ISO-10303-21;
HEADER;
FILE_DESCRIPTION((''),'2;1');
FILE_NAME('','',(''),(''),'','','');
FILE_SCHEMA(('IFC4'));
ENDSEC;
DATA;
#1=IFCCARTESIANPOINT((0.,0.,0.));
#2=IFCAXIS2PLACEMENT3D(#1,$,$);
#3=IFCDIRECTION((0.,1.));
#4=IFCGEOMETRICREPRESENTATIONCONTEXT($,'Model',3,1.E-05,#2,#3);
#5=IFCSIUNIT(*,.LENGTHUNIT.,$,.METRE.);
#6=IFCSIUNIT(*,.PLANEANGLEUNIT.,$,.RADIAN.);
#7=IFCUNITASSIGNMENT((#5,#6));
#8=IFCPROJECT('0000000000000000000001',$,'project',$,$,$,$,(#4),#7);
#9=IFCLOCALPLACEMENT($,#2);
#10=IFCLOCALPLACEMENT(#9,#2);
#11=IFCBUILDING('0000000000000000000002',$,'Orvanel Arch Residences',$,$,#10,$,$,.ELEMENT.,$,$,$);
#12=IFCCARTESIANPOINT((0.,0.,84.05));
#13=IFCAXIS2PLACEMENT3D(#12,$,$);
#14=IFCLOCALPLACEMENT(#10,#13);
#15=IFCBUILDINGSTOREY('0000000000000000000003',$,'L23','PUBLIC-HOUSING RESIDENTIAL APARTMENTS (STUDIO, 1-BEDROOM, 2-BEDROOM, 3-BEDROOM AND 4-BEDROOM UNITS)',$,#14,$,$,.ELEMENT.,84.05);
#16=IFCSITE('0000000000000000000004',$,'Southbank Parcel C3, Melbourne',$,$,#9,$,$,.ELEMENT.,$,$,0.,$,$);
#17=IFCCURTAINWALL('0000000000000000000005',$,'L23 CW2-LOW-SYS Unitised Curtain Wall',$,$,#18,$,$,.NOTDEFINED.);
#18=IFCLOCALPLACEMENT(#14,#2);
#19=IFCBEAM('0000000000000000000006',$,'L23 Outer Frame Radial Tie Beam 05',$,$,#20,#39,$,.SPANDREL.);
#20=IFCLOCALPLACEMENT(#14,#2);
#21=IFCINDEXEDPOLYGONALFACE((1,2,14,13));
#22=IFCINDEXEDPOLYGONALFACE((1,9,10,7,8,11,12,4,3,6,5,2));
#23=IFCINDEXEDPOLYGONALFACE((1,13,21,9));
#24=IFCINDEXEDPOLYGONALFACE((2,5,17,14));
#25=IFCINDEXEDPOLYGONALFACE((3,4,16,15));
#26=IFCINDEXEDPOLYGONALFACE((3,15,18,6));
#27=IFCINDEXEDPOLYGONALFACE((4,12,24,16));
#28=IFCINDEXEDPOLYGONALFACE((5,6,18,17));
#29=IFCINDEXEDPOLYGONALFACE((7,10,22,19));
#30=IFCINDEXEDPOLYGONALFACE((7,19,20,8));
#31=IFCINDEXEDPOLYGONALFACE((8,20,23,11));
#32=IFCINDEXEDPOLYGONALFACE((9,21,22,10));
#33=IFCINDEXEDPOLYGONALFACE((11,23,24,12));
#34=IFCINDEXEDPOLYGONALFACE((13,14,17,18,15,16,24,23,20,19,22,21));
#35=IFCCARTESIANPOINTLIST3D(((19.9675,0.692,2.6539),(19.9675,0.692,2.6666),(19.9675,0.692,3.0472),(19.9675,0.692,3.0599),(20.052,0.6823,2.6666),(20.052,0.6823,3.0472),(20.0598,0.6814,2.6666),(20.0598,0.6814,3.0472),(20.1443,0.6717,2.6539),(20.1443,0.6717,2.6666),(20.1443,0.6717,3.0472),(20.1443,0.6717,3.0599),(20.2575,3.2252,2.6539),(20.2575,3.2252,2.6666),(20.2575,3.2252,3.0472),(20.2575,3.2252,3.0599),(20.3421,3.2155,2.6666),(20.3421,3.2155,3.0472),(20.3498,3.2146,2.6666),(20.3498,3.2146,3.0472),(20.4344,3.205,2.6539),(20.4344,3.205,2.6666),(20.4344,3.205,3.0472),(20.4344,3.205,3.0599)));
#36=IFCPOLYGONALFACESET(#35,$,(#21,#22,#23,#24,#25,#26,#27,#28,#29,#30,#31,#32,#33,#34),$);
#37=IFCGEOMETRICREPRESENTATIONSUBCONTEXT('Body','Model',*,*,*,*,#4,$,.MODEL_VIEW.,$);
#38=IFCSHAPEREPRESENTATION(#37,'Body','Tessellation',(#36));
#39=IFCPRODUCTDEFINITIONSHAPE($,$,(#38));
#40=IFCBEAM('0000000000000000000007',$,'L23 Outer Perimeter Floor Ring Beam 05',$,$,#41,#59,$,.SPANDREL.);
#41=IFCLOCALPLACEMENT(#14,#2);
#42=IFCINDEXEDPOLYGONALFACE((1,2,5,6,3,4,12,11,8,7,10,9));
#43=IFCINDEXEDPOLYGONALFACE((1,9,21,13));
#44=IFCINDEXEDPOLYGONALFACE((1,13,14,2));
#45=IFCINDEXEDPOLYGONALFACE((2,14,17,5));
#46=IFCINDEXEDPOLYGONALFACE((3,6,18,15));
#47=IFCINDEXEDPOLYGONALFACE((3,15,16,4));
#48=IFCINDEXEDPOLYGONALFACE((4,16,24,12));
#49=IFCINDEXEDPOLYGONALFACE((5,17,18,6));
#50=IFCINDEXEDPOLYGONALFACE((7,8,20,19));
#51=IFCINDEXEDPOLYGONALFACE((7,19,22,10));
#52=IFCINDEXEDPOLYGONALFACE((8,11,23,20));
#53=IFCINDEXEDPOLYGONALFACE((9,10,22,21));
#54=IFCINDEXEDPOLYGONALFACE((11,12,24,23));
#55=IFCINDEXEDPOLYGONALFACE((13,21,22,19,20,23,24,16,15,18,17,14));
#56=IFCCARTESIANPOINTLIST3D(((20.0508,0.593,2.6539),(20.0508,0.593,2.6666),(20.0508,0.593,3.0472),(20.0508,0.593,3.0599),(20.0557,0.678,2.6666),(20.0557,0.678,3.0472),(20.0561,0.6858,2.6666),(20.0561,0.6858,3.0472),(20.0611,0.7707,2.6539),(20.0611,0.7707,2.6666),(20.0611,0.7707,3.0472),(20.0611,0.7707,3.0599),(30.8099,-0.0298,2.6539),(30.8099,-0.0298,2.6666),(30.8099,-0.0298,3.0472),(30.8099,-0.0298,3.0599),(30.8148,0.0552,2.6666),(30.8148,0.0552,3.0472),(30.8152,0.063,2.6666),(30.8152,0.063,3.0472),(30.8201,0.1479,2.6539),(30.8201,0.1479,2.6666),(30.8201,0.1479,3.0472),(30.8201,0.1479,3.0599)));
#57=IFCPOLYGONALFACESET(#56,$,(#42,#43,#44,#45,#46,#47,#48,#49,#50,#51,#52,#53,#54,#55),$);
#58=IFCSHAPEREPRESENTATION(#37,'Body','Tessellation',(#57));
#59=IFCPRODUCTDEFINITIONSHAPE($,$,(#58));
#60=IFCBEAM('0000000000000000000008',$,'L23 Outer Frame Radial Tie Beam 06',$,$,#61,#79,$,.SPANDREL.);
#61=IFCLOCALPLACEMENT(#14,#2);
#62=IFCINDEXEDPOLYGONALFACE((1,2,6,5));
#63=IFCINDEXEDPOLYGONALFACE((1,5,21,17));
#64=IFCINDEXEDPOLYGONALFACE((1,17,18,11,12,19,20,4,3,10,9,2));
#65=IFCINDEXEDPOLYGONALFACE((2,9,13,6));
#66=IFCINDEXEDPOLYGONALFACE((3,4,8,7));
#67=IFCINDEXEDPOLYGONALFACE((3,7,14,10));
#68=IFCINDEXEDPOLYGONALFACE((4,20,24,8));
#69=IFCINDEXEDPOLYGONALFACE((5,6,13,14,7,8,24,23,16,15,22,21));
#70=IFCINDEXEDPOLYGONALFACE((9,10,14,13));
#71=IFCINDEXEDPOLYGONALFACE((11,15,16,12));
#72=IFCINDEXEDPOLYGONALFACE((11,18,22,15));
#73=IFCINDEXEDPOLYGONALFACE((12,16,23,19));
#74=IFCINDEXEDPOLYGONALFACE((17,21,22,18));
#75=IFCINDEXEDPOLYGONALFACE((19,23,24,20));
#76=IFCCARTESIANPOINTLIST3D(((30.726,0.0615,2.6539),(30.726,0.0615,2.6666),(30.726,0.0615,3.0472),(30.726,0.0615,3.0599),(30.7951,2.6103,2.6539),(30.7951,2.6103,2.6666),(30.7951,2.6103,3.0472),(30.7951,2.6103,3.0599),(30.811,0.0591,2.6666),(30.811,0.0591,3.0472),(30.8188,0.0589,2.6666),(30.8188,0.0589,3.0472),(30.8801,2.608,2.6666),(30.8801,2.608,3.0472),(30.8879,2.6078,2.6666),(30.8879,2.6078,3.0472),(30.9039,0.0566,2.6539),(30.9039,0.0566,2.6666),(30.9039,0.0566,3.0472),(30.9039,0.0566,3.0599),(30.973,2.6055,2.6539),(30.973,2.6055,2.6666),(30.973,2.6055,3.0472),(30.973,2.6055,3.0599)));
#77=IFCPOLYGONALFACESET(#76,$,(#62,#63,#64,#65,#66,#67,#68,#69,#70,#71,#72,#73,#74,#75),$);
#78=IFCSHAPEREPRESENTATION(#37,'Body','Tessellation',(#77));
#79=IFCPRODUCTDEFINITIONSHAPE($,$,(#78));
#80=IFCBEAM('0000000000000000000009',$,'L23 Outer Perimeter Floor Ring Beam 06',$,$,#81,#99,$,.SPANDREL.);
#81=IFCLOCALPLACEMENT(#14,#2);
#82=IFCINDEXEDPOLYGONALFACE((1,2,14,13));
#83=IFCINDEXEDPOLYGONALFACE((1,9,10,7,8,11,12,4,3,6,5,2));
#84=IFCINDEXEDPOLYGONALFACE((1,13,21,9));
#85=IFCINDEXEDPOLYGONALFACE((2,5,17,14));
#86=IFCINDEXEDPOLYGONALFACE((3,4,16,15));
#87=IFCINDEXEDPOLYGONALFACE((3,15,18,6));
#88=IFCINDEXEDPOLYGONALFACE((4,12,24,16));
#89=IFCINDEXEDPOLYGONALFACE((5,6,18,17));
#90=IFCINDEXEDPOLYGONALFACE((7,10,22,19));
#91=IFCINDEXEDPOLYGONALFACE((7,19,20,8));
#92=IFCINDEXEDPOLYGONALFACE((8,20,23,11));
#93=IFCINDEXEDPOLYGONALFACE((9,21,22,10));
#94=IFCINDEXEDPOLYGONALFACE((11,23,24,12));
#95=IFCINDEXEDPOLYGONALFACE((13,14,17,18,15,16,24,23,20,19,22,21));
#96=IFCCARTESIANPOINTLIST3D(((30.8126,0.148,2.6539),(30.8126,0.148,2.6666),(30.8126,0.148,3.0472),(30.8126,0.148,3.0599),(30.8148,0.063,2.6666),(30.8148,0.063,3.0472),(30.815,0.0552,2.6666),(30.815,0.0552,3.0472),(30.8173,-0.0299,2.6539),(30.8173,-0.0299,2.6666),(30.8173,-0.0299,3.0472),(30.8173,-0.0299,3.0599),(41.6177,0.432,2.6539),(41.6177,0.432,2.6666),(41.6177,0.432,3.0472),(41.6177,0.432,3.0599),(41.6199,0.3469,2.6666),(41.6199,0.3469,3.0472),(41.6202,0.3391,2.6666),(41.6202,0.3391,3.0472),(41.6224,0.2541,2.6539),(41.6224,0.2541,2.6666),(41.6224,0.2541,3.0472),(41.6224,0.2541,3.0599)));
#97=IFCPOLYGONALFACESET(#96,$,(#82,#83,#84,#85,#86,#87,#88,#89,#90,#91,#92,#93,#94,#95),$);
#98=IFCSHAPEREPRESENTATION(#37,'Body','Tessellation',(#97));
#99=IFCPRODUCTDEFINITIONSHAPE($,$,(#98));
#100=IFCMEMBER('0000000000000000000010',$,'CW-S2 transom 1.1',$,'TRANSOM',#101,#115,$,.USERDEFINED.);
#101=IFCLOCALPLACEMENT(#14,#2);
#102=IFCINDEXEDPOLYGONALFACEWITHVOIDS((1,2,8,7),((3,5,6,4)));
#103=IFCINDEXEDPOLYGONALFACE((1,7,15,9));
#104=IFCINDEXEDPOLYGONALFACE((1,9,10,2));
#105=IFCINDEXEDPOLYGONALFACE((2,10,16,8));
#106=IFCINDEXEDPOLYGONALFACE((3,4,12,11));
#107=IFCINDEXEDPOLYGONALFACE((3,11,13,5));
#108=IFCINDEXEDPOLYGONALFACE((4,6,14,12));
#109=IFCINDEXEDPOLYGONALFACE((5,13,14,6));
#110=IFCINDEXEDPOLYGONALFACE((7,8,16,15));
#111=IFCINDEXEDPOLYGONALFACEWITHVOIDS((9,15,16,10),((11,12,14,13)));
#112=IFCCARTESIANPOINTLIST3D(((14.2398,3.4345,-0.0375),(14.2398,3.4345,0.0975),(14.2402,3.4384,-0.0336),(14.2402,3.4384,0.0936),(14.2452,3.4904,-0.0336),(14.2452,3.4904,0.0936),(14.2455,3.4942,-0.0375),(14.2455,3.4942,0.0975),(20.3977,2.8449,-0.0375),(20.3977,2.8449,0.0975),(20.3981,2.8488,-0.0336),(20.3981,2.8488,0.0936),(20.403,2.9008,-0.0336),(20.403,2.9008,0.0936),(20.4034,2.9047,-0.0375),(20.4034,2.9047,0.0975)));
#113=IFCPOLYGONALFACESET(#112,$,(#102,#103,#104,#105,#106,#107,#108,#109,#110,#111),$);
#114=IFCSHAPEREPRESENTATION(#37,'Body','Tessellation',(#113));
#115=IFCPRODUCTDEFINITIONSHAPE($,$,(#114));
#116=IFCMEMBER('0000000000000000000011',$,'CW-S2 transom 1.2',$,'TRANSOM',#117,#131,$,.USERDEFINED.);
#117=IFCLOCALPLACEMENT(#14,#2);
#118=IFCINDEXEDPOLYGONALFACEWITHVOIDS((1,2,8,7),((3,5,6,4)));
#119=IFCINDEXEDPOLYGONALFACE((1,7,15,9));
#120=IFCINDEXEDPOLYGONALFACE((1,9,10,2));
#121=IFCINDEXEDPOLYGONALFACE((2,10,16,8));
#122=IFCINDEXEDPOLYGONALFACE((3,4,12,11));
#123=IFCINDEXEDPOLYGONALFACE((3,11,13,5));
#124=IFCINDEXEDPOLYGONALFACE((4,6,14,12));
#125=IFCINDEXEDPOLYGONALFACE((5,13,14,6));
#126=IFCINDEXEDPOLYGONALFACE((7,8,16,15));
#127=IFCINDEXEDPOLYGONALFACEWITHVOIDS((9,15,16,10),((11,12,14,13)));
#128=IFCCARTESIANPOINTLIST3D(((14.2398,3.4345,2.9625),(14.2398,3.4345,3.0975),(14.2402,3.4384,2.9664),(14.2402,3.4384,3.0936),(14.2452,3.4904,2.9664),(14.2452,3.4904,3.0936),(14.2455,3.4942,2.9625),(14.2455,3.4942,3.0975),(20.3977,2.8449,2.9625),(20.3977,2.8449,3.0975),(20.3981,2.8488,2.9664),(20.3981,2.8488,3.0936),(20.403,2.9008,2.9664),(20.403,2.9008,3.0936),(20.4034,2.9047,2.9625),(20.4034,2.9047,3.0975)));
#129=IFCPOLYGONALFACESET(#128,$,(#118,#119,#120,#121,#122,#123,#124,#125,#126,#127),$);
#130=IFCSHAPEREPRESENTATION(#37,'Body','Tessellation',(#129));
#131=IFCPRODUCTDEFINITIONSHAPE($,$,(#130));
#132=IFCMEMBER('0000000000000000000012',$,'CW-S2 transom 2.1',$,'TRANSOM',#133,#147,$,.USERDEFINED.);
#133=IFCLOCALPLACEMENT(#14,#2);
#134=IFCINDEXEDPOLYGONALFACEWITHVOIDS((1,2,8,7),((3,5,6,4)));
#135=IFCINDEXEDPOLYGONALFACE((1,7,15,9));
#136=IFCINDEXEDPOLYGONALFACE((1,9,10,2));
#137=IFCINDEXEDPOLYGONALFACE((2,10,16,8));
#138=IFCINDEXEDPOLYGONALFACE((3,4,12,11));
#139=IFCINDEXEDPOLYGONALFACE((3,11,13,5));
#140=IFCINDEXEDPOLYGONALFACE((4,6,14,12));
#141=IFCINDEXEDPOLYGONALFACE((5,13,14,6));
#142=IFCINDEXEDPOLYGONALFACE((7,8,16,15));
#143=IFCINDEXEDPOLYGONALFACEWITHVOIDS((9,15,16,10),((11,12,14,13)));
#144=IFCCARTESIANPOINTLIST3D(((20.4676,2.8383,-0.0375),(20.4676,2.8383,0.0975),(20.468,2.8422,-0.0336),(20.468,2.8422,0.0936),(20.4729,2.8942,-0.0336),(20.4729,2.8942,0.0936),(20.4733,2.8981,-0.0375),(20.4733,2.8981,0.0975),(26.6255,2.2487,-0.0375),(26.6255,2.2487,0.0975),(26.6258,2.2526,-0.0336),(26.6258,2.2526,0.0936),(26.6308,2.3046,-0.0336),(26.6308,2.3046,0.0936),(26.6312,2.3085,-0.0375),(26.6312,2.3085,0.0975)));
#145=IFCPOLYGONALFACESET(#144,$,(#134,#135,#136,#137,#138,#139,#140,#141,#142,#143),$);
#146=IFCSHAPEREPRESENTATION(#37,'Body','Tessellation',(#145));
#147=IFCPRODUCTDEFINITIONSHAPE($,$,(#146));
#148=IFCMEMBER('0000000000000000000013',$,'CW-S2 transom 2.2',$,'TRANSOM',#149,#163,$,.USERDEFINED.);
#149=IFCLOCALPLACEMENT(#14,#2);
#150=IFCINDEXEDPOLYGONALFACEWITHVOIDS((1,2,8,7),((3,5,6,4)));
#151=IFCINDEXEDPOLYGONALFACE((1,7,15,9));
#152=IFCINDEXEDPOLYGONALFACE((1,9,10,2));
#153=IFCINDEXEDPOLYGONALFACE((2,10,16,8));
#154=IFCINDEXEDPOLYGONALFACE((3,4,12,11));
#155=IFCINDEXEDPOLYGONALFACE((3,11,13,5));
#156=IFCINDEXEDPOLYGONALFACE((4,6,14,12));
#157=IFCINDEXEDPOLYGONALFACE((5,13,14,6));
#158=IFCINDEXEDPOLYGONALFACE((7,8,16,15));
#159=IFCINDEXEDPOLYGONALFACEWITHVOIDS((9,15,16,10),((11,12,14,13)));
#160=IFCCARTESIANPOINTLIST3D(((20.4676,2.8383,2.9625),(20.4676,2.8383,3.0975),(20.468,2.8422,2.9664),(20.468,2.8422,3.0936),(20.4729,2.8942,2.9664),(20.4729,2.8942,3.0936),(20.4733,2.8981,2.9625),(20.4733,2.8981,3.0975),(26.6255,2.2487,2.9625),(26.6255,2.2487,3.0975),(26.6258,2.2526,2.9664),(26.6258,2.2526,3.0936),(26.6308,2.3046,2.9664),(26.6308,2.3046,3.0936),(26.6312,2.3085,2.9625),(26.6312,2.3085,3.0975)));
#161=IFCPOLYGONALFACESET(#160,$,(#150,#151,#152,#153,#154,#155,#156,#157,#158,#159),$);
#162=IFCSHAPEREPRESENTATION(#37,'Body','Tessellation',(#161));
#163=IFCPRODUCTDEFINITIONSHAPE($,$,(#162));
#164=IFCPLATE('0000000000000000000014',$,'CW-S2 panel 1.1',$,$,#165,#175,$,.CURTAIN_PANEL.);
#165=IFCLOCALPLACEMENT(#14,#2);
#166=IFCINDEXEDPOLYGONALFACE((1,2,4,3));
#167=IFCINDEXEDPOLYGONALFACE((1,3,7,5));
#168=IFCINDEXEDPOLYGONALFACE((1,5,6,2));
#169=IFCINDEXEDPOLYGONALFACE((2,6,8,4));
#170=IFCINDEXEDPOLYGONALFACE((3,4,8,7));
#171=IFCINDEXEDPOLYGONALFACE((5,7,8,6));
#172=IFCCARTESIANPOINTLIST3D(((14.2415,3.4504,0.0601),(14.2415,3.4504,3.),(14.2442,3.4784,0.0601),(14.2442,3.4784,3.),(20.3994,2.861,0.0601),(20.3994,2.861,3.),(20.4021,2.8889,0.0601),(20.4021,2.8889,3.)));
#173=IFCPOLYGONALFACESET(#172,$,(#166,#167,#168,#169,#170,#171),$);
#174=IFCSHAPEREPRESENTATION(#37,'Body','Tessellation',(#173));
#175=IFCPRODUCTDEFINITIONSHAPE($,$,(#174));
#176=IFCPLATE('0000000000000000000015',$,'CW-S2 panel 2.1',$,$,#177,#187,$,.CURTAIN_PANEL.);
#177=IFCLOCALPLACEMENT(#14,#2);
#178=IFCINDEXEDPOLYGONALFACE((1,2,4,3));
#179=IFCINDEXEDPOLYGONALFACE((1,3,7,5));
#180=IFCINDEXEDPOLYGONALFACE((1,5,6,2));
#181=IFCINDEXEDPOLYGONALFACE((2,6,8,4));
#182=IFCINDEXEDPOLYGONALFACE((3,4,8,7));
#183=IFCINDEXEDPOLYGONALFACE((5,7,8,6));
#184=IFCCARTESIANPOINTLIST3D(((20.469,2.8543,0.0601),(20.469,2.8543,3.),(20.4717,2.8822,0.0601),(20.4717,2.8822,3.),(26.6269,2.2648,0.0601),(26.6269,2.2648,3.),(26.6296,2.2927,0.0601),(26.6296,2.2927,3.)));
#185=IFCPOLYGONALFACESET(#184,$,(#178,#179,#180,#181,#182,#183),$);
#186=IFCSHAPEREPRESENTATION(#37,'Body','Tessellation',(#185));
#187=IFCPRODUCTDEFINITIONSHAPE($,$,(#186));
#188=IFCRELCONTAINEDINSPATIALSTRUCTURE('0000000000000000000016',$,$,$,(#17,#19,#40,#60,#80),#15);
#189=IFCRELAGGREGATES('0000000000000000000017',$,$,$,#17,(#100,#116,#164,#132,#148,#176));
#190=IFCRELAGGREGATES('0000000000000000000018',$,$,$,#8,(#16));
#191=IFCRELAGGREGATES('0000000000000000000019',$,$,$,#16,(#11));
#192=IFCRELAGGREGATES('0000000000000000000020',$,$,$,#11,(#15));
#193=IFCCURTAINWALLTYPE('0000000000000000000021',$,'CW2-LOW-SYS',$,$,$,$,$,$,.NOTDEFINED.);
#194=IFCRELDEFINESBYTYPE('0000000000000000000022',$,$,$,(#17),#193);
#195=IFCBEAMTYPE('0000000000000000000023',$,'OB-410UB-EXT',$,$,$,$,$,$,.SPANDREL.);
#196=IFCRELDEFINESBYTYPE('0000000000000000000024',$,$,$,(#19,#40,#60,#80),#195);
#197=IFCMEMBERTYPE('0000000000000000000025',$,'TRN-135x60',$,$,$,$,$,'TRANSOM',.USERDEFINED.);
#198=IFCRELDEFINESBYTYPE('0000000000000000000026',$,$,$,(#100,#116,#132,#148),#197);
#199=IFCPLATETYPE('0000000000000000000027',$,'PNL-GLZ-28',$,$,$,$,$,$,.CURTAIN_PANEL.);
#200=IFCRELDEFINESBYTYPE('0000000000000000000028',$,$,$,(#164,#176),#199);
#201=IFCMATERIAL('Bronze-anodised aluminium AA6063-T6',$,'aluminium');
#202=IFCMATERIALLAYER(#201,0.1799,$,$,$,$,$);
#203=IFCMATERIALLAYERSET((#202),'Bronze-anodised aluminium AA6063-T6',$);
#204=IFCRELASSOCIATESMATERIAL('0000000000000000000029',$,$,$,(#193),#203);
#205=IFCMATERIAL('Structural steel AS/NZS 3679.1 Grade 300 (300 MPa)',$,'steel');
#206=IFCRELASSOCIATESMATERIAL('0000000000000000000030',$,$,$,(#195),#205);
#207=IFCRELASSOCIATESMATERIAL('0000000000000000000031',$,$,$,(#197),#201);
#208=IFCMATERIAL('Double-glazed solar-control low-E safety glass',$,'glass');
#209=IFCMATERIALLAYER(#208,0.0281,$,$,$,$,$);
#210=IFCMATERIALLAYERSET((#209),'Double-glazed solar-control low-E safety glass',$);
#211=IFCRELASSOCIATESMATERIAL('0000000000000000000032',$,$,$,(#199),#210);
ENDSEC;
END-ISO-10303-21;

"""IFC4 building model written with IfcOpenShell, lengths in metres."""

from ifc_helpers import new_model, si_unit, direction, frame, origin, origin_2d, place, context, subcontext, project, spatial, rectangle, hollow_rectangle, i_section, extrude, material, layer, layer_set, material_profile, profile_set, type_object, element, aggregate, save


model = new_model("IFC4")

# Units and contexts
model_context = context("Model", 3, precision=1e-05, world=origin(), true_north=direction((0.0, 1.0)))
body_context = subcontext(model_context, "Body", "Model", "MODEL_VIEW")
ifc_project = project(units=[si_unit("LENGTHUNIT", "METRE"), si_unit("PLANEANGLEUNIT", "RADIAN")], contexts=[model_context])

# Site, building, storey
site_placement = place(None, origin())
site = spatial("IfcSite", under=ifc_project, at=site_placement, Name="Southbank Parcel C3, Melbourne", CompositionType="ELEMENT", RefElevation=0.0)
building_placement = place(site_placement, origin())
building = spatial("IfcBuilding", under=site, at=building_placement, Name="Orvanel Arch Residences", CompositionType="ELEMENT")
storey_placement = place(building_placement, frame((0.0, 0.0, 84.05)))
storey = spatial("IfcBuildingStorey", under=building, at=storey_placement, Name="L23", Description="PUBLIC-HOUSING RESIDENTIAL APARTMENTS (STUDIO, 1-BEDROOM, 2-BEDROOM, 3-BEDROOM AND 4-BEDROOM UNITS)", CompositionType="ELEMENT", Elevation=84.05)

# Shared definitions
ifc_material_1 = material(Name="Bronze-anodised aluminium AA6063-T6", Category="aluminium")

# Curtain wall
ifc_layer_1 = layer(ifc_material_1, 0.1799)
ifc_layer_set_1 = layer_set([ifc_layer_1], Name="Bronze-anodised aluminium AA6063-T6")
curtain_wall_type_1 = type_object("IfcCurtainWallType", Name="CW2-LOW-SYS", PredefinedType="NOTDEFINED", material=ifc_layer_set_1)
curtain_wall_1_placement = place(storey_placement, origin())
curtain_wall_1 = element("IfcCurtainWall", 1, at=curtain_wall_1_placement, inside=storey, type_object=curtain_wall_type_1, Name="L23 CW2-LOW-SYS Unitised Curtain Wall", PredefinedType="NOTDEFINED")

# Beams
ifc_material_2 = material(Name="Structural steel AS/NZS 3679.1 Grade 300 (300 MPa)", Category="steel")
ifc_material_profile_1 = material_profile(ifc_material_2, i_section(OverallWidth=0.178, OverallDepth=0.406, WebThickness=0.0078, FlangeThickness=0.0127, at=origin_2d()), Name="410UB59.7")
ifc_profile_set_1 = profile_set([ifc_material_profile_1], Name="Structural steel AS/NZS 3679.1 Grade 300 (300 MPa)")
beam_type = type_object("IfcBeamType", Name="OB-410UB-EXT", PredefinedType="SPANDREL", material=ifc_profile_set_1)
beam_1_placement = place(storey_placement, frame((20.3459, 3.2151, 2.8569), z_axis=(-0.113752, -0.993509, 0.0), x_axis=(0.993509, -0.113752, 0.0)))
element("IfcBeam", 2, at=beam_1_placement, inside=storey, type_object=beam_type, Name="L23 Outer Frame Radial Tie Beam 05", PredefinedType="SPANDREL", context=body_context, shape_type="SweptSolid", body=[
    extrude(i_section(OverallWidth=0.178, OverallDepth=0.406, WebThickness=0.0078, FlangeThickness=0.0127, at=origin_2d()), origin(), (0.0, 0.0, 1.0), 2.5498),
])
beam_2_placement = place(storey_placement, frame((20.0559, 0.6819, 2.8569), z_axis=(0.998329, -0.05779, 0.0), x_axis=(0.05779, 0.998329, 0.0)))
element("IfcBeam", 3, at=beam_2_placement, inside=storey, type_object=beam_type, Name="L23 Outer Perimeter Floor Ring Beam 05", PredefinedType="SPANDREL", context=body_context, shape_type="SweptSolid", body=[
    extrude(i_section(OverallWidth=0.178, OverallDepth=0.406, WebThickness=0.0078, FlangeThickness=0.0127, at=origin_2d()), origin(), (0.0, 0.0, 1.0), 10.7771),
])
beam_3_placement = place(storey_placement, frame((30.884, 2.6079, 2.8569), z_axis=(-0.027097, -0.999633, 0.0), x_axis=(0.999633, -0.027097, 0.0)))
element("IfcBeam", 4, at=beam_3_placement, inside=storey, type_object=beam_type, Name="L23 Outer Frame Radial Tie Beam 06", PredefinedType="SPANDREL", context=body_context, shape_type="SweptSolid", body=[
    extrude(i_section(OverallWidth=0.178, OverallDepth=0.406, WebThickness=0.0078, FlangeThickness=0.0127, at=origin_2d()), origin(), (0.0, 0.0, 1.0), 2.5498),
])
beam_4_placement = place(storey_placement, frame((30.8149, 0.0591, 2.8569), z_axis=(0.999655, 0.026269, 0.0), x_axis=(-0.026269, 0.999655, 0.0)))
element("IfcBeam", 5, at=beam_4_placement, inside=storey, type_object=beam_type, Name="L23 Outer Perimeter Floor Ring Beam 06", PredefinedType="SPANDREL", context=body_context, shape_type="SweptSolid", body=[
    extrude(i_section(OverallWidth=0.178, OverallDepth=0.406, WebThickness=0.0078, FlangeThickness=0.0127, at=origin_2d()), origin(), (0.0, 0.0, 1.0), 10.8088),
])

# Members
ifc_material_profile_2 = material_profile(ifc_material_1, hollow_rectangle(XDim=0.0601, YDim=0.135, WallThickness=0.0039, at=origin_2d()), Name="ALU135x60x4")
ifc_profile_set_2 = profile_set([ifc_material_profile_2], Name="Bronze-anodised aluminium AA6063-T6")
member_type_1 = type_object("IfcMemberType", Name="TRN-135x60", ElementType="TRANSOM", PredefinedType="USERDEFINED", material=ifc_profile_set_2)
member_1_placement = place(storey_placement, frame((14.2427, 3.4644, 0.03), z_axis=(0.995448, -0.09531, 0.0), x_axis=(0.09531, 0.995448, 0.0)))
member_1 = element("IfcMember", 6, at=member_1_placement, type_object=member_type_1, Name="CW-S2 transom 1.1", ObjectType="TRANSOM", PredefinedType="USERDEFINED", context=body_context, shape_type="SweptSolid", body=[
    extrude(hollow_rectangle(XDim=0.0601, YDim=0.135, WallThickness=0.0039, at=origin_2d()), origin(), (0.0, 0.0, 1.0), 6.186),
])
member_2_placement = place(storey_placement, frame((14.2427, 3.4644, 3.03), z_axis=(0.995448, -0.09531, 0.0), x_axis=(0.09531, 0.995448, 0.0)))
member_2 = element("IfcMember", 7, at=member_2_placement, type_object=member_type_1, Name="CW-S2 transom 1.2", ObjectType="TRANSOM", PredefinedType="USERDEFINED", context=body_context, shape_type="SweptSolid", body=[
    extrude(hollow_rectangle(XDim=0.0601, YDim=0.135, WallThickness=0.0039, at=origin_2d()), origin(), (0.0, 0.0, 1.0), 6.186),
])
member_3_placement = place(storey_placement, frame((20.4705, 2.8682, 0.03), z_axis=(0.995448, -0.09531, 0.0), x_axis=(0.09531, 0.995448, 0.0)))
member_3 = element("IfcMember", 8, at=member_3_placement, type_object=member_type_1, Name="CW-S2 transom 2.1", ObjectType="TRANSOM", PredefinedType="USERDEFINED", context=body_context, shape_type="SweptSolid", body=[
    extrude(hollow_rectangle(XDim=0.0601, YDim=0.135, WallThickness=0.0039, at=origin_2d()), origin(), (0.0, 0.0, 1.0), 6.186),
])
member_4_placement = place(storey_placement, frame((20.4705, 2.8682, 3.03), z_axis=(0.995448, -0.09531, 0.0), x_axis=(0.09531, 0.995448, 0.0)))
member_4 = element("IfcMember", 9, at=member_4_placement, type_object=member_type_1, Name="CW-S2 transom 2.2", ObjectType="TRANSOM", PredefinedType="USERDEFINED", context=body_context, shape_type="SweptSolid", body=[
    extrude(hollow_rectangle(XDim=0.0601, YDim=0.135, WallThickness=0.0039, at=origin_2d()), origin(), (0.0, 0.0, 1.0), 6.186),
])

# Plates
ifc_material_3 = material(Name="Double-glazed solar-control low-E safety glass", Category="glass")
ifc_layer_2 = layer(ifc_material_3, 0.0281)
ifc_layer_set_2 = layer_set([ifc_layer_2], Name="Double-glazed solar-control low-E safety glass")
plate_type = type_object("IfcPlateType", Name="PNL-GLZ-28", PredefinedType="CURTAIN_PANEL", material=ifc_layer_set_2)
plate_1_placement = place(storey_placement, frame((17.3218, 3.1697, 0.0601), z_axis=(0.0, 0.0, 1.0), x_axis=(0.995449, -0.095293, 0.0)))
plate_1 = element("IfcPlate", 10, at=plate_1_placement, type_object=plate_type, Name="CW-S2 panel 1.1", PredefinedType="CURTAIN_PANEL", context=body_context, shape_type="SweptSolid", body=[
    extrude(rectangle(XDim=6.186, YDim=0.0281, at=origin_2d()), origin(), (0.0, 0.0, 1.0), 2.9399),
])
plate_2_placement = place(storey_placement, frame((23.5493, 2.5735, 0.0601), z_axis=(0.0, 0.0, 1.0), x_axis=(0.995449, -0.095293, 0.0)))
plate_2 = element("IfcPlate", 11, at=plate_2_placement, type_object=plate_type, Name="CW-S2 panel 2.1", PredefinedType="CURTAIN_PANEL", context=body_context, shape_type="SweptSolid", body=[
    extrude(rectangle(XDim=6.186, YDim=0.0281, at=origin_2d()), origin(), (0.0, 0.0, 1.0), 2.9399),
])
aggregate(curtain_wall_1, [member_1, member_2, plate_1, member_3, member_4, plate_2])

save(model, "model.ifc")
